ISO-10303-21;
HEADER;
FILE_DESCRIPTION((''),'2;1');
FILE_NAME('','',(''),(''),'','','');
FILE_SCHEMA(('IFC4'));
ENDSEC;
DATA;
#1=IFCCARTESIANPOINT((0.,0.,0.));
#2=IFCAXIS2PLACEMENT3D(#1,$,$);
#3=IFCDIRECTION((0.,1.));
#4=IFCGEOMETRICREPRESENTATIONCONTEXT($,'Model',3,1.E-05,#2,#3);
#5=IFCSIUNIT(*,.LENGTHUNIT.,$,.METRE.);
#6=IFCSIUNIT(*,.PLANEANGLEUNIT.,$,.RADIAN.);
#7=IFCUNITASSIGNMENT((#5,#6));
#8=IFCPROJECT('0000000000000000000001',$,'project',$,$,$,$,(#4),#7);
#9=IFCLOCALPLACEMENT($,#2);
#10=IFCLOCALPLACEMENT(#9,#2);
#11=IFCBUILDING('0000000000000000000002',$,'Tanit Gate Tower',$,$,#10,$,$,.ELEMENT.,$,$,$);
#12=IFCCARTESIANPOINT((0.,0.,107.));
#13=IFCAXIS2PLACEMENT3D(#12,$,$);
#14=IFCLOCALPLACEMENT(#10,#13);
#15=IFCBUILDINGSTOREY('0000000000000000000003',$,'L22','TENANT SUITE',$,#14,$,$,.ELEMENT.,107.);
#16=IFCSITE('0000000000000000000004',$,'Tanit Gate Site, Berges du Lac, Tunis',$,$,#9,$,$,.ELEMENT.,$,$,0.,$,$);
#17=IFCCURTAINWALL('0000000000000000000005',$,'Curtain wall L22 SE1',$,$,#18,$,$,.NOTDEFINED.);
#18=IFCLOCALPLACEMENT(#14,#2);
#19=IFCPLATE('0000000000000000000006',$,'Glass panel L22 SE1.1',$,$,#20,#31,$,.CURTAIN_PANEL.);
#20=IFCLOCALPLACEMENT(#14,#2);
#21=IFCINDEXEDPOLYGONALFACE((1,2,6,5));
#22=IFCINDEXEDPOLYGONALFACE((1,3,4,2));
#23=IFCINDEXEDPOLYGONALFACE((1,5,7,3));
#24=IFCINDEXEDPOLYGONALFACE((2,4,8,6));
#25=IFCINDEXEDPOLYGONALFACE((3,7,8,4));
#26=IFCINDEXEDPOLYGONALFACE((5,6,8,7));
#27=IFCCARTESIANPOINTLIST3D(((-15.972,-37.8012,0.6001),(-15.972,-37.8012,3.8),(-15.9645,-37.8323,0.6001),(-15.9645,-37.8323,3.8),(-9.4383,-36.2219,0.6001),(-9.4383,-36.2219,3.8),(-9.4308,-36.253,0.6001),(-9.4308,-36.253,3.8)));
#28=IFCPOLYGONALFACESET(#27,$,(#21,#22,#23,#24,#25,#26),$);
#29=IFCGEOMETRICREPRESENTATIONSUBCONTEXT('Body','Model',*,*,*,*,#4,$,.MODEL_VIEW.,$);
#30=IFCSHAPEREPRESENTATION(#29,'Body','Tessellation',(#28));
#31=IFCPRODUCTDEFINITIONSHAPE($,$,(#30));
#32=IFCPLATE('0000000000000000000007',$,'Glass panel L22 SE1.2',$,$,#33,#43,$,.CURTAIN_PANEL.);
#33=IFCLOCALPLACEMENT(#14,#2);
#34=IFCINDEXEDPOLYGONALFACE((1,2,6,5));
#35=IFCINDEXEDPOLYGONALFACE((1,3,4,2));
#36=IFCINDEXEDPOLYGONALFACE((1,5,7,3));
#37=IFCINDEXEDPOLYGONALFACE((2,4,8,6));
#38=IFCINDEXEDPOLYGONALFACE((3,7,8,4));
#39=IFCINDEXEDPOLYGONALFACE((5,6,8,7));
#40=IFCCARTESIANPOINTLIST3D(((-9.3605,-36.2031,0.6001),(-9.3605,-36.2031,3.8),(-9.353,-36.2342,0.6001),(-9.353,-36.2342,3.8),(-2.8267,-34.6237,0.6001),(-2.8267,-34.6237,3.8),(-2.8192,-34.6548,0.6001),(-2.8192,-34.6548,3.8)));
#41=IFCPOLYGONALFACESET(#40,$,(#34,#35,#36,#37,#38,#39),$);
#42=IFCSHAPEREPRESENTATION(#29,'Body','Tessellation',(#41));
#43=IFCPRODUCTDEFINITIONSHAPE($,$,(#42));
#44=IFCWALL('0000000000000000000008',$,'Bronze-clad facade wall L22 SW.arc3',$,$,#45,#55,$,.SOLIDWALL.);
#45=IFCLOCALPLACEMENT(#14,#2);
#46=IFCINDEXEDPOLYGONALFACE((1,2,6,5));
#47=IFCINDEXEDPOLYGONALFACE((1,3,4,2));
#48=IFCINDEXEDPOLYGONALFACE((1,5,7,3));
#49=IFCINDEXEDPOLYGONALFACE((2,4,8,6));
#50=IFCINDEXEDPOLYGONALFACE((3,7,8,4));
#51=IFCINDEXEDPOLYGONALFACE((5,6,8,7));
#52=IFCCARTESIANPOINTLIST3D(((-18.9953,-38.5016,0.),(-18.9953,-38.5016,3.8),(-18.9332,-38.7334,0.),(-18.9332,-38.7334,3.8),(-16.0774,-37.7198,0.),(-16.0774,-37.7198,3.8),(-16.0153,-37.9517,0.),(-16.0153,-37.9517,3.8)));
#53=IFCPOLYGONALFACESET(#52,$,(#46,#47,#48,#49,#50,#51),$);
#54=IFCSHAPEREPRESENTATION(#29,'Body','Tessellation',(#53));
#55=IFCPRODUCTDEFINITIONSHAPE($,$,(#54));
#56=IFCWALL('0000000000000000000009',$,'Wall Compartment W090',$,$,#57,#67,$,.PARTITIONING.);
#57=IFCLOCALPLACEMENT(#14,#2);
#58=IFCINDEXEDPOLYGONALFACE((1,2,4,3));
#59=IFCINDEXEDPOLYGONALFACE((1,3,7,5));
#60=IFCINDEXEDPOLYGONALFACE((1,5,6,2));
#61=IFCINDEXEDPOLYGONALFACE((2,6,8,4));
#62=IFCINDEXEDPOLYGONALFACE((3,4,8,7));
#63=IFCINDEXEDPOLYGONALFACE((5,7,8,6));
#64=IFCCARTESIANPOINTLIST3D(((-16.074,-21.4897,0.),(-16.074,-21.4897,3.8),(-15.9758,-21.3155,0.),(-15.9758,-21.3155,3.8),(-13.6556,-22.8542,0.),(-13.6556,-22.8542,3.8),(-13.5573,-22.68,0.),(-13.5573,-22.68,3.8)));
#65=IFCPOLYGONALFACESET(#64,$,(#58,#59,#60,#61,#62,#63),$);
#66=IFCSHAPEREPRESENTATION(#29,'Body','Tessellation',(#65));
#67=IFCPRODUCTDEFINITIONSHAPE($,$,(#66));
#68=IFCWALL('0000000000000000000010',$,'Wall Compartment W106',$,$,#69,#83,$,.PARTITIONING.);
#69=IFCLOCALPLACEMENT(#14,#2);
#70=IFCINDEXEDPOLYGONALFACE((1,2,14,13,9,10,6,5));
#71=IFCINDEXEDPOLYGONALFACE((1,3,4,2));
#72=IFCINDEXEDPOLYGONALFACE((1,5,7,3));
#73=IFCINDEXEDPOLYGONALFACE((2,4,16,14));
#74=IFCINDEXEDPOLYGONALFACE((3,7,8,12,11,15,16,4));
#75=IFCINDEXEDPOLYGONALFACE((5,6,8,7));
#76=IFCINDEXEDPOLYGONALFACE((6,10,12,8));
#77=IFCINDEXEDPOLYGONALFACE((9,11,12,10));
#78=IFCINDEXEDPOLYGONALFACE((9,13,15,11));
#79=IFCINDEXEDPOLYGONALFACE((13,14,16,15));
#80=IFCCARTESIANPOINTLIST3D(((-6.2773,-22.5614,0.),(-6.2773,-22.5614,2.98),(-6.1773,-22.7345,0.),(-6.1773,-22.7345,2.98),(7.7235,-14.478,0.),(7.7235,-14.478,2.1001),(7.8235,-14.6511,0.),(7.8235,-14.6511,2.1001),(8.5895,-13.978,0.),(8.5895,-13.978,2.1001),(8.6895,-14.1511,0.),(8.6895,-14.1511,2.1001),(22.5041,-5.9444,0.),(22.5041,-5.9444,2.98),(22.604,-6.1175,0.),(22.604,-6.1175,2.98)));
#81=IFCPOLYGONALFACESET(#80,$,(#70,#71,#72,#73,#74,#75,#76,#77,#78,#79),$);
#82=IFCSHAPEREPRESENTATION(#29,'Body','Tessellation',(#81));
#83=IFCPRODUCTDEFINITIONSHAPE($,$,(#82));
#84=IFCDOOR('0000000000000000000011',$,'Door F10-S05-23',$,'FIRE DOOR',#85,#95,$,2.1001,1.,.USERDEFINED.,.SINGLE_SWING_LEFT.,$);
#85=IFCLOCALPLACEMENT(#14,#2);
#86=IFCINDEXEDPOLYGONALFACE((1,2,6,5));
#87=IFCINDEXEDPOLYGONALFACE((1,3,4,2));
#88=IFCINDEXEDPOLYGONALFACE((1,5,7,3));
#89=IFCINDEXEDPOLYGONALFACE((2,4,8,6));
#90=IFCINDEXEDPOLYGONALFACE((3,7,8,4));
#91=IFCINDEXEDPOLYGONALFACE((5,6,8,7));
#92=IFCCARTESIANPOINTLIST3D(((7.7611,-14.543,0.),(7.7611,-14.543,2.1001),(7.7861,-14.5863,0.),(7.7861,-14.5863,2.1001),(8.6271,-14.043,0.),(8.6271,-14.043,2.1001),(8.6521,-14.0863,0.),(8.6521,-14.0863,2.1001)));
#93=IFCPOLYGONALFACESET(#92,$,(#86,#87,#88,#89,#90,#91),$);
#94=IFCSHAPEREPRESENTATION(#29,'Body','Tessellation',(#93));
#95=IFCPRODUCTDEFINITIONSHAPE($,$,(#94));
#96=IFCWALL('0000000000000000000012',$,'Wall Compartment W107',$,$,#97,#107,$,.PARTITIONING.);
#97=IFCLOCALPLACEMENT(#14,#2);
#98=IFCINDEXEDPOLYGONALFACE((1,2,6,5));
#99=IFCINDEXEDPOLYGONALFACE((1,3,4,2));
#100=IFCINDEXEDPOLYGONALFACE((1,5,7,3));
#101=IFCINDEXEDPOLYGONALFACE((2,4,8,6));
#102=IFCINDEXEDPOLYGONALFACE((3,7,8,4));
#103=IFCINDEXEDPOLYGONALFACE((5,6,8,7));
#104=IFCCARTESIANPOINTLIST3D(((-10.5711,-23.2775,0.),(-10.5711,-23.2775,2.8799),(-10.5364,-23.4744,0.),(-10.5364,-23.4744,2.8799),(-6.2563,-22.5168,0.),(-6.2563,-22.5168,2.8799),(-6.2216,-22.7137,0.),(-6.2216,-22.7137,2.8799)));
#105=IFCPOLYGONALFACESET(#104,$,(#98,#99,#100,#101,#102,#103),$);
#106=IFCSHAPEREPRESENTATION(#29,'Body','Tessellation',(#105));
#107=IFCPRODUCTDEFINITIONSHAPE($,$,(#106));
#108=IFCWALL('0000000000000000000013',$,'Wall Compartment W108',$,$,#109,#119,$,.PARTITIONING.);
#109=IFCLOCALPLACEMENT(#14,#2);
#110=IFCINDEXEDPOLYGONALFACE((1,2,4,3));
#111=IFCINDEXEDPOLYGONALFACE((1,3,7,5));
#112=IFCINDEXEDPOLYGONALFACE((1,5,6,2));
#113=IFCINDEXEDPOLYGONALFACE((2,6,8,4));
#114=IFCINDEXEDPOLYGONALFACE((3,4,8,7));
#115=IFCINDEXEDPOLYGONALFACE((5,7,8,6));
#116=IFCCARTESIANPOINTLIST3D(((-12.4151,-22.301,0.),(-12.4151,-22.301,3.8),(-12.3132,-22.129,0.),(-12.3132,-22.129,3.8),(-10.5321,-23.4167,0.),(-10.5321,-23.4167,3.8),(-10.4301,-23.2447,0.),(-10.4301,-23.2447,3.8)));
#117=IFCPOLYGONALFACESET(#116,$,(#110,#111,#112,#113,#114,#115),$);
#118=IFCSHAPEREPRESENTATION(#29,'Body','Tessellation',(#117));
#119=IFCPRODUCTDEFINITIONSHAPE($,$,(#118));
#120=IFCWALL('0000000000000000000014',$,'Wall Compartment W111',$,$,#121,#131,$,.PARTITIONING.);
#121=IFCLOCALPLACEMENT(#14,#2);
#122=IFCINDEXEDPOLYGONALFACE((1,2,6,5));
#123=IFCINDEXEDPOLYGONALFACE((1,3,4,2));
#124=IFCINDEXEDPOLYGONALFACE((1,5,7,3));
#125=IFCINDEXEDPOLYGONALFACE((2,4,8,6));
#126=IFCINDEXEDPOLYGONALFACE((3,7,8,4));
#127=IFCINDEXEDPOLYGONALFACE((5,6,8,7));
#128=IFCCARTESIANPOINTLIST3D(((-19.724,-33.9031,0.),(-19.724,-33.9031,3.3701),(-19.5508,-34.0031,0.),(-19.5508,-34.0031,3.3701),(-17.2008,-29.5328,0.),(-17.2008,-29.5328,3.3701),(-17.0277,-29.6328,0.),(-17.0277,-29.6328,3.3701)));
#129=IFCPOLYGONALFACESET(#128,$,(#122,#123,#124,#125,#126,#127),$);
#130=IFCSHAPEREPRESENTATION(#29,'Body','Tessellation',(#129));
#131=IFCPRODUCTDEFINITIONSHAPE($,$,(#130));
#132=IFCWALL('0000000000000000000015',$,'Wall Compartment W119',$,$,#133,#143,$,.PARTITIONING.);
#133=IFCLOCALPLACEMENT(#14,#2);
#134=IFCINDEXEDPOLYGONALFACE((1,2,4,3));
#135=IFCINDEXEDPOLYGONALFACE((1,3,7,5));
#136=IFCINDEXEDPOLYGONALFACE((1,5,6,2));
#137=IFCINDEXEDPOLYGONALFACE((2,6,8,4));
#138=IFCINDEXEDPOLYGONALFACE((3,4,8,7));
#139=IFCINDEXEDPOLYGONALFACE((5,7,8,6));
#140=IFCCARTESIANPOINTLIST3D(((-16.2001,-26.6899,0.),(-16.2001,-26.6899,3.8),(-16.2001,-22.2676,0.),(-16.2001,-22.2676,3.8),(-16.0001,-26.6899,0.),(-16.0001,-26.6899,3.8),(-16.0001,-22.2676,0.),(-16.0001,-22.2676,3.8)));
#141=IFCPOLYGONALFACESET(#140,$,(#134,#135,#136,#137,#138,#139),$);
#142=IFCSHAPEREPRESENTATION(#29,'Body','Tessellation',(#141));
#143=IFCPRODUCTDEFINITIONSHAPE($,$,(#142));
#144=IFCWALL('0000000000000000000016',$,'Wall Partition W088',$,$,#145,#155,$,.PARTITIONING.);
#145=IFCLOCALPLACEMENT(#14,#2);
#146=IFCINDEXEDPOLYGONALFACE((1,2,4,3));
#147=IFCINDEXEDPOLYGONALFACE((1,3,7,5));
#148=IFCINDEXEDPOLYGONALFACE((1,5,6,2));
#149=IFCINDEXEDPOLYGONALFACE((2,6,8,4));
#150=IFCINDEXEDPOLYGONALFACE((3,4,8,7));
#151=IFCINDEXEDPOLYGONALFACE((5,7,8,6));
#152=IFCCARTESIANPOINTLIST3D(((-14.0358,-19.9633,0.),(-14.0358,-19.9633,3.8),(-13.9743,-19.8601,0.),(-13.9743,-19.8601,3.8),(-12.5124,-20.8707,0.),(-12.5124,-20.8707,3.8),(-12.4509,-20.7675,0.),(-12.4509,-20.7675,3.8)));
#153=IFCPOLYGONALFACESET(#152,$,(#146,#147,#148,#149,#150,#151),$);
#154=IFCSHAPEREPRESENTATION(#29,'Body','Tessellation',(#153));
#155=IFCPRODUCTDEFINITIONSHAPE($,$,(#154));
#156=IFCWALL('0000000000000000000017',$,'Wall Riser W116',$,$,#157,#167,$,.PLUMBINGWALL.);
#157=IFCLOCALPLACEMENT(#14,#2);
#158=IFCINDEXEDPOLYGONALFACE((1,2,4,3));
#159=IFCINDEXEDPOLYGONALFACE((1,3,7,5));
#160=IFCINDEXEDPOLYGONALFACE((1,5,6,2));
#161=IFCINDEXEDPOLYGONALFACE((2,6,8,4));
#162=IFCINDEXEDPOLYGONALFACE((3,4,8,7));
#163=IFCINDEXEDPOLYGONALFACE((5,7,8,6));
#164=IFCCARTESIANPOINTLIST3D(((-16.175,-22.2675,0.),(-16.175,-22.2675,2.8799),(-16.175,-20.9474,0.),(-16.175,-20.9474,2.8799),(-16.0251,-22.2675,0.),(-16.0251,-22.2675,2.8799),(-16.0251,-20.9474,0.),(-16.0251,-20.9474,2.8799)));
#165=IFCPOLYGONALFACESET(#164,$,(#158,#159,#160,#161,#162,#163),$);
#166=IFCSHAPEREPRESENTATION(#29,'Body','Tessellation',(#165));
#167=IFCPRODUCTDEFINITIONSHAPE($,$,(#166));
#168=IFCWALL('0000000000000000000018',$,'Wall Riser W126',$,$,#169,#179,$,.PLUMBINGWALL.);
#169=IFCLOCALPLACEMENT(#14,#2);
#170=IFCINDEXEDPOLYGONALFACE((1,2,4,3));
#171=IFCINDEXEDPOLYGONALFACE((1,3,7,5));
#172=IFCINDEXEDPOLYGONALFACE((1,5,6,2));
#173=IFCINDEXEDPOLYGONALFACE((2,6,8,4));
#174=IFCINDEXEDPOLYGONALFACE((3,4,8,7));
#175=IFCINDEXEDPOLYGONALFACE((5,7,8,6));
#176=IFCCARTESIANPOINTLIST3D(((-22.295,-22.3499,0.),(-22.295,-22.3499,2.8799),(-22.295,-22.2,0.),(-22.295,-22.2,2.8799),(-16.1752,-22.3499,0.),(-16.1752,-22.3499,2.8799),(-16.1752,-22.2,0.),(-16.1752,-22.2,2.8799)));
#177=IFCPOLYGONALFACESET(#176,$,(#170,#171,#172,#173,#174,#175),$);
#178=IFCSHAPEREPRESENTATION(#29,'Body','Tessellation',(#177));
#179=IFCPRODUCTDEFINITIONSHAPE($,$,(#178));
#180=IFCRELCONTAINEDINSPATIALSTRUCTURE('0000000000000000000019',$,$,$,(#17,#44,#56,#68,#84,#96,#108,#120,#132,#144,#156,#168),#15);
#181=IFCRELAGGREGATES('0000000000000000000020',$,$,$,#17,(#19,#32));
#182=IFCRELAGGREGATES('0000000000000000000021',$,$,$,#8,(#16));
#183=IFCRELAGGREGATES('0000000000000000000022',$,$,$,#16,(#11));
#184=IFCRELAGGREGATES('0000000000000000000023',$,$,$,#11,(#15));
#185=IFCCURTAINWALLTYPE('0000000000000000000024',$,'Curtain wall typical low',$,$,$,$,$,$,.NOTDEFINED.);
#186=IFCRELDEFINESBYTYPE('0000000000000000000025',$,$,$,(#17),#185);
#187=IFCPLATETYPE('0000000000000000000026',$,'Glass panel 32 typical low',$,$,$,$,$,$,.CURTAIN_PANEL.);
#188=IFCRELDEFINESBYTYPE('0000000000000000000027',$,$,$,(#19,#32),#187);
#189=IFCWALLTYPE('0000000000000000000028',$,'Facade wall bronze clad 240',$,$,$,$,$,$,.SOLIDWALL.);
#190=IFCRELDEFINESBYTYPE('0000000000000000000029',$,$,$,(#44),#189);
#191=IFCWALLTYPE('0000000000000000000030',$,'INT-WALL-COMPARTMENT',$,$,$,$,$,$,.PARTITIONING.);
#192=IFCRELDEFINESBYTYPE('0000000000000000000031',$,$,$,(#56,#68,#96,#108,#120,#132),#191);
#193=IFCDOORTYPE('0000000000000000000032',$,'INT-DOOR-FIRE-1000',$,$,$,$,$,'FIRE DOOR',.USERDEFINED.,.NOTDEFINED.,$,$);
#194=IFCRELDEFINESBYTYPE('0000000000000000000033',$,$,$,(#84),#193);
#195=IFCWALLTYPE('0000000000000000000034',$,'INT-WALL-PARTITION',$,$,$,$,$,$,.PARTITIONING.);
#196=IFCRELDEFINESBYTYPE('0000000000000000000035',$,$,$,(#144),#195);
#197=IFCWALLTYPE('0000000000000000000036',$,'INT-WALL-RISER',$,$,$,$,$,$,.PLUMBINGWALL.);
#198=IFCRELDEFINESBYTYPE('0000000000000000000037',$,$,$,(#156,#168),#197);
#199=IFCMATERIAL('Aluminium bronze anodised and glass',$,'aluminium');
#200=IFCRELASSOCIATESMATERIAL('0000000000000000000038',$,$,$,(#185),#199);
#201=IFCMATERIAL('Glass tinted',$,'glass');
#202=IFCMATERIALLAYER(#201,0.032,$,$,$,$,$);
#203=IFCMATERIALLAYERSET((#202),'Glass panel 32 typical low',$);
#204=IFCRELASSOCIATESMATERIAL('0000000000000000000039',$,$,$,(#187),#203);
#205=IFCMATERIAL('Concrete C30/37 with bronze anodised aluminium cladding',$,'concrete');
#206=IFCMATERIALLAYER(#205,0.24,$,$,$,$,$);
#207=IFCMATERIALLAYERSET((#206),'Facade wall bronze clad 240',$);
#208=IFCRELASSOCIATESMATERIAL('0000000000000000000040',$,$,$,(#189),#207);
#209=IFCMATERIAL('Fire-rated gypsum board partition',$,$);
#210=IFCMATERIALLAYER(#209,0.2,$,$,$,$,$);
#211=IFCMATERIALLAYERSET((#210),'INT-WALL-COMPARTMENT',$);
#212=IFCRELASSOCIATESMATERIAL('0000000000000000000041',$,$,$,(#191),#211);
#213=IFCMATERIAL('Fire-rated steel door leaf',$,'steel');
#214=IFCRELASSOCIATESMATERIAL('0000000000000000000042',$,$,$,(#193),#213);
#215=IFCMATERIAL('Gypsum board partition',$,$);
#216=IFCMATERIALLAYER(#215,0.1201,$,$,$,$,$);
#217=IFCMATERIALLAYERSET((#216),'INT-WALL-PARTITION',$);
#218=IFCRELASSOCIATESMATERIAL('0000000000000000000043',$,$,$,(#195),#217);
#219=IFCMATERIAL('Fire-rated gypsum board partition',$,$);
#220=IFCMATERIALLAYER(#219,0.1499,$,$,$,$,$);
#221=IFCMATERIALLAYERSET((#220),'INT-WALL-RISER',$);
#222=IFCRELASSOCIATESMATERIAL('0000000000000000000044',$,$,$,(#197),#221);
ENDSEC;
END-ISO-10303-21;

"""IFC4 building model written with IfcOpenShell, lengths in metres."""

from ifc_helpers import new_model, si_unit, direction, frame, frame_2d, origin, origin_2d, place, context, subcontext, project, spatial, rectangle, extrude, material, layer, layer_set, type_object, element, fill, aggregate, save


model = new_model("IFC4")

# Units and contexts
model_context = context("Model", 3, precision=1e-05, world=origin(), true_north=direction((0.0, 1.0)))
body_context = subcontext(model_context, "Body", "Model", "MODEL_VIEW")
ifc_project = project(units=[si_unit("LENGTHUNIT", "METRE"), si_unit("PLANEANGLEUNIT", "RADIAN")], contexts=[model_context])

# Site, building, storey
site_placement = place(None, origin())
site = spatial("IfcSite", under=ifc_project, at=site_placement, Name="Tanit Gate Site, Berges du Lac, Tunis", CompositionType="ELEMENT", RefElevation=0.0)
building_placement = place(site_placement, origin())
building = spatial("IfcBuilding", under=site, at=building_placement, Name="Tanit Gate Tower", CompositionType="ELEMENT")
storey_placement = place(building_placement, frame((0.0, 0.0, 107.0)))
storey = spatial("IfcBuildingStorey", under=building, at=storey_placement, Name="L22", Description="TENANT SUITE", CompositionType="ELEMENT", Elevation=107.0)

# Curtain wall
ifc_material_1 = material(Name="Aluminium bronze anodised and glass", Category="aluminium")
curtain_wall_type = type_object("IfcCurtainWallType", Name="Curtain wall typical low", PredefinedType="NOTDEFINED", material=ifc_material_1)
curtain_wall_placement = place(storey_placement, origin())
curtain_wall = element("IfcCurtainWall", 1, at=curtain_wall_placement, inside=storey, type_object=curtain_wall_type, Name="Curtain wall L22 SE1", PredefinedType="NOTDEFINED")

# Plates
ifc_material_2 = material(Name="Glass tinted", Category="glass")
ifc_layer_1 = layer(ifc_material_2, 0.032)
ifc_layer_set_1 = layer_set([ifc_layer_1], Name="Glass panel 32 typical low")
plate_type = type_object("IfcPlateType", Name="Glass panel 32 typical low", PredefinedType="CURTAIN_PANEL", material=ifc_layer_set_1)
plate_1_placement = place(storey_placement, frame((-12.7014, -37.0271, 0.6001), z_axis=(0.0, 0.0, 1.0), x_axis=(0.972006, 0.234957, 0.0)))
plate_1 = element("IfcPlate", 2, at=plate_1_placement, type_object=plate_type, Name="Glass panel L22 SE1.1", PredefinedType="CURTAIN_PANEL", context=body_context, shape_type="SweptSolid", body=[
    extrude(rectangle(XDim=6.7219, YDim=0.032, at=origin_2d()), origin(), (0.0, 0.0, 1.0), 3.2),
])
plate_2_placement = place(storey_placement, frame((-6.0898, -35.429, 0.6001), z_axis=(0.0, 0.0, 1.0), x_axis=(0.972006, 0.234957, 0.0)))
plate_2 = element("IfcPlate", 3, at=plate_2_placement, type_object=plate_type, Name="Glass panel L22 SE1.2", PredefinedType="CURTAIN_PANEL", context=body_context, shape_type="SweptSolid", body=[
    extrude(rectangle(XDim=6.7219, YDim=0.032, at=origin_2d()), origin(), (0.0, 0.0, 1.0), 3.2),
])
aggregate(curtain_wall, [plate_1, plate_2])

# Walls
ifc_material_3 = material(Name="Concrete C30/37 with bronze anodised aluminium cladding", Category="concrete")
ifc_layer_2 = layer(ifc_material_3, 0.24)
ifc_layer_set_2 = layer_set([ifc_layer_2], Name="Facade wall bronze clad 240")
wall_type_1 = type_object("IfcWallType", Name="Facade wall bronze clad 240", PredefinedType="SOLIDWALL", material=ifc_layer_set_2)
wall_1_placement = place(storey_placement, frame((-18.9641, -38.6174, 0.0), z_axis=(0.0, 0.0, 1.0), x_axis=(0.965937, 0.258779, 0.0)))
element("IfcWall", 4, at=wall_1_placement, inside=storey, type_object=wall_type_1, Name="Bronze-clad facade wall L22 SW.arc3", PredefinedType="SOLIDWALL", context=body_context, shape_type="SweptSolid", body=[
    extrude(rectangle(XDim=3.0208, YDim=0.24, at=frame_2d((1.5103, 0.0))), origin(), (0.0, 0.0, 1.0), 3.8),
])
ifc_material_4 = material(Name="Fire-rated gypsum board partition")
ifc_layer_3 = layer(ifc_material_4, 0.2)
ifc_layer_set_3 = layer_set([ifc_layer_3], Name="INT-WALL-COMPARTMENT")
wall_type_2 = type_object("IfcWallType", Name="INT-WALL-COMPARTMENT", PredefinedType="PARTITIONING", material=ifc_layer_set_3)
wall_2_placement = place(storey_placement, frame((-16.0249, -21.4026, 0.0), z_axis=(0.0, 0.0, 1.0), x_axis=(0.870941, -0.491388, 0.0)))
element("IfcWall", 5, at=wall_2_placement, inside=storey, type_object=wall_type_2, Name="Wall Compartment W090", PredefinedType="PARTITIONING", context=body_context, shape_type="SweptSolid", body=[
    extrude(rectangle(XDim=2.7769, YDim=0.2, at=frame_2d((1.3884, 0.0))), origin(), (0.0, 0.0, 1.0), 3.8),
])

# Wall, opening, door
wall_3_placement = place(storey_placement, frame((-6.2273, -22.6479, 0.0), z_axis=(0.0, 0.0, 1.0), x_axis=(0.866024, 0.500002, 0.0)))
wall_3 = element("IfcWall", 6, at=wall_3_placement, inside=storey, type_object=wall_type_2, Name="Wall Compartment W106", PredefinedType="PARTITIONING", context=body_context, shape_type="SweptSolid", body=[
    extrude(rectangle(XDim=33.2339, YDim=0.2, at=frame_2d((16.6169, 0.0))), origin(), (0.0, 0.0, 1.0), 2.98),
])
opening_placement = place(wall_3_placement, frame((16.1667, 0.0, 0.0)))
opening = element("IfcOpeningElement", 7, at=opening_placement, cuts=wall_3, PredefinedType="OPENING", context=body_context, shape_type="SweptSolid", body=[
    extrude(rectangle(XDim=1.0, YDim=2.1001, at=frame_2d((0.5, 1.05))), frame((0.0, 0.1099, 0.0), z_axis=(0.0, -1.0, 0.0), x_axis=(1.0, 0.0, 0.0)), (0.0, 0.0, 1.0), 0.22),
])
ifc_material_5 = material(Name="Fire-rated steel door leaf", Category="steel")
door_type = type_object("IfcDoorType", Name="INT-DOOR-FIRE-1000", ElementType="FIRE DOOR", OperationType="NOTDEFINED", PredefinedType="USERDEFINED", material=ifc_material_5)
door_placement = place(opening_placement, origin())
door = element("IfcDoor", 8, at=door_placement, inside=storey, type_object=door_type, Name="Door F10-S05-23", ObjectType="FIRE DOOR", OperationType="SINGLE_SWING_LEFT", OverallHeight=2.1001, OverallWidth=1.0, PredefinedType="USERDEFINED", context=body_context, shape_type="SweptSolid", body=[
    extrude(rectangle(XDim=1.0, YDim=2.1001, at=frame_2d((0.5, 1.05))), frame((0.0, 0.0249, 0.0), z_axis=(0.0, -1.0, 0.0), x_axis=(1.0, 0.0, 0.0)), (0.0, 0.0, 1.0), 0.05),
])
fill(opening, door)

# Walls
wall_4_placement = place(storey_placement, frame((-10.5537, -23.376, 0.0), z_axis=(0.0, 0.0, 1.0), x_axis=(0.98481, 0.173636, 0.0)))
element("IfcWall", 9, at=wall_4_placement, inside=storey, type_object=wall_type_2, Name="Wall Compartment W107", PredefinedType="PARTITIONING", context=body_context, shape_type="SweptSolid", body=[
    extrude(rectangle(XDim=4.3813, YDim=0.2, at=frame_2d((2.1907, 0.0))), origin(), (0.0, 0.0, 1.0), 2.8799),
])
wall_5_placement = place(storey_placement, frame((-12.364, -22.2151, 0.0), z_axis=(0.0, 0.0, 1.0), x_axis=(0.860324, -0.509747, 0.0)))
element("IfcWall", 10, at=wall_5_placement, inside=storey, type_object=wall_type_2, Name="Wall Compartment W108", PredefinedType="PARTITIONING", context=body_context, shape_type="SweptSolid", body=[
    extrude(rectangle(XDim=2.1887, YDim=0.2, at=frame_2d((1.0942, 0.0))), origin(), (0.0, 0.0, 1.0), 3.8),
])
wall_6_placement = place(storey_placement, frame((-17.1143, -29.5828, 0.0), z_axis=(0.0, 0.0, 1.0), x_axis=(-0.499995, -0.866028, 0.0)))
element("IfcWall", 11, at=wall_6_placement, inside=storey, type_object=wall_type_2, Name="Wall Compartment W111", PredefinedType="PARTITIONING", context=body_context, shape_type="SweptSolid", body=[
    extrude(rectangle(XDim=5.0464, YDim=0.2, at=frame_2d((2.5232, 0.0))), origin(), (0.0, 0.0, 1.0), 3.3701),
])
wall_7_placement = place(storey_placement, frame((-16.1001, -26.6899, 0.0), z_axis=(0.0, 0.0, 1.0), x_axis=(0.0, 1.0, 0.0)))
element("IfcWall", 12, at=wall_7_placement, inside=storey, type_object=wall_type_2, Name="Wall Compartment W119", PredefinedType="PARTITIONING", context=body_context, shape_type="SweptSolid", body=[
    extrude(rectangle(XDim=4.4224, YDim=0.2, at=frame_2d((2.2112, 0.0))), origin(), (0.0, 0.0, 1.0), 3.8),
])
ifc_material_6 = material(Name="Gypsum board partition")
ifc_layer_4 = layer(ifc_material_6, 0.1201)
ifc_layer_set_4 = layer_set([ifc_layer_4], Name="INT-WALL-PARTITION")
wall_type_3 = type_object("IfcWallType", Name="INT-WALL-PARTITION", PredefinedType="PARTITIONING", material=ifc_layer_set_4)
wall_8_placement = place(storey_placement, frame((-14.0051, -19.9116, 0.0), z_axis=(0.0, 0.0, 1.0), x_axis=(0.859129, -0.51176, 0.0)))
element("IfcWall", 13, at=wall_8_placement, inside=storey, type_object=wall_type_3, Name="Wall Partition W088", PredefinedType="PARTITIONING", context=body_context, shape_type="SweptSolid", body=[
    extrude(rectangle(XDim=1.7732, YDim=0.1201, at=frame_2d((0.8867, 0.0))), origin(), (0.0, 0.0, 1.0), 3.8),
])
ifc_material_7 = material(Name="Fire-rated gypsum board partition")
ifc_layer_5 = layer(ifc_material_7, 0.1499)
ifc_layer_set_5 = layer_set([ifc_layer_5], Name="INT-WALL-RISER")
wall_type_4 = type_object("IfcWallType", Name="INT-WALL-RISER", PredefinedType="PLUMBINGWALL", material=ifc_layer_set_5)
wall_9_placement = place(storey_placement, frame((-16.1001, -22.2676, 0.0), z_axis=(0.0, 0.0, 1.0), x_axis=(0.0, 1.0, 0.0)))
element("IfcWall", 14, at=wall_9_placement, inside=storey, type_object=wall_type_4, Name="Wall Riser W116", PredefinedType="PLUMBINGWALL", context=body_context, shape_type="SweptSolid", body=[
    extrude(rectangle(XDim=1.3201, YDim=0.1499, at=frame_2d((0.6602, 0.0))), origin(), (0.0, 0.0, 1.0), 2.8799),
])
wall_10_placement = place(storey_placement, frame((-16.175, -22.2749, 0.0), z_axis=(0.0, 0.0, 1.0), x_axis=(-1.0, 0.0, 0.0)))
element("IfcWall", 15, at=wall_10_placement, inside=storey, type_object=wall_type_4, Name="Wall Riser W126", PredefinedType="PLUMBINGWALL", context=body_context, shape_type="SweptSolid", body=[
    extrude(rectangle(XDim=6.1199, YDim=0.1499, at=frame_2d((3.0601, 0.0))), origin(), (0.0, 0.0, 1.0), 2.8799),
])

save(model, "model.ifc")
